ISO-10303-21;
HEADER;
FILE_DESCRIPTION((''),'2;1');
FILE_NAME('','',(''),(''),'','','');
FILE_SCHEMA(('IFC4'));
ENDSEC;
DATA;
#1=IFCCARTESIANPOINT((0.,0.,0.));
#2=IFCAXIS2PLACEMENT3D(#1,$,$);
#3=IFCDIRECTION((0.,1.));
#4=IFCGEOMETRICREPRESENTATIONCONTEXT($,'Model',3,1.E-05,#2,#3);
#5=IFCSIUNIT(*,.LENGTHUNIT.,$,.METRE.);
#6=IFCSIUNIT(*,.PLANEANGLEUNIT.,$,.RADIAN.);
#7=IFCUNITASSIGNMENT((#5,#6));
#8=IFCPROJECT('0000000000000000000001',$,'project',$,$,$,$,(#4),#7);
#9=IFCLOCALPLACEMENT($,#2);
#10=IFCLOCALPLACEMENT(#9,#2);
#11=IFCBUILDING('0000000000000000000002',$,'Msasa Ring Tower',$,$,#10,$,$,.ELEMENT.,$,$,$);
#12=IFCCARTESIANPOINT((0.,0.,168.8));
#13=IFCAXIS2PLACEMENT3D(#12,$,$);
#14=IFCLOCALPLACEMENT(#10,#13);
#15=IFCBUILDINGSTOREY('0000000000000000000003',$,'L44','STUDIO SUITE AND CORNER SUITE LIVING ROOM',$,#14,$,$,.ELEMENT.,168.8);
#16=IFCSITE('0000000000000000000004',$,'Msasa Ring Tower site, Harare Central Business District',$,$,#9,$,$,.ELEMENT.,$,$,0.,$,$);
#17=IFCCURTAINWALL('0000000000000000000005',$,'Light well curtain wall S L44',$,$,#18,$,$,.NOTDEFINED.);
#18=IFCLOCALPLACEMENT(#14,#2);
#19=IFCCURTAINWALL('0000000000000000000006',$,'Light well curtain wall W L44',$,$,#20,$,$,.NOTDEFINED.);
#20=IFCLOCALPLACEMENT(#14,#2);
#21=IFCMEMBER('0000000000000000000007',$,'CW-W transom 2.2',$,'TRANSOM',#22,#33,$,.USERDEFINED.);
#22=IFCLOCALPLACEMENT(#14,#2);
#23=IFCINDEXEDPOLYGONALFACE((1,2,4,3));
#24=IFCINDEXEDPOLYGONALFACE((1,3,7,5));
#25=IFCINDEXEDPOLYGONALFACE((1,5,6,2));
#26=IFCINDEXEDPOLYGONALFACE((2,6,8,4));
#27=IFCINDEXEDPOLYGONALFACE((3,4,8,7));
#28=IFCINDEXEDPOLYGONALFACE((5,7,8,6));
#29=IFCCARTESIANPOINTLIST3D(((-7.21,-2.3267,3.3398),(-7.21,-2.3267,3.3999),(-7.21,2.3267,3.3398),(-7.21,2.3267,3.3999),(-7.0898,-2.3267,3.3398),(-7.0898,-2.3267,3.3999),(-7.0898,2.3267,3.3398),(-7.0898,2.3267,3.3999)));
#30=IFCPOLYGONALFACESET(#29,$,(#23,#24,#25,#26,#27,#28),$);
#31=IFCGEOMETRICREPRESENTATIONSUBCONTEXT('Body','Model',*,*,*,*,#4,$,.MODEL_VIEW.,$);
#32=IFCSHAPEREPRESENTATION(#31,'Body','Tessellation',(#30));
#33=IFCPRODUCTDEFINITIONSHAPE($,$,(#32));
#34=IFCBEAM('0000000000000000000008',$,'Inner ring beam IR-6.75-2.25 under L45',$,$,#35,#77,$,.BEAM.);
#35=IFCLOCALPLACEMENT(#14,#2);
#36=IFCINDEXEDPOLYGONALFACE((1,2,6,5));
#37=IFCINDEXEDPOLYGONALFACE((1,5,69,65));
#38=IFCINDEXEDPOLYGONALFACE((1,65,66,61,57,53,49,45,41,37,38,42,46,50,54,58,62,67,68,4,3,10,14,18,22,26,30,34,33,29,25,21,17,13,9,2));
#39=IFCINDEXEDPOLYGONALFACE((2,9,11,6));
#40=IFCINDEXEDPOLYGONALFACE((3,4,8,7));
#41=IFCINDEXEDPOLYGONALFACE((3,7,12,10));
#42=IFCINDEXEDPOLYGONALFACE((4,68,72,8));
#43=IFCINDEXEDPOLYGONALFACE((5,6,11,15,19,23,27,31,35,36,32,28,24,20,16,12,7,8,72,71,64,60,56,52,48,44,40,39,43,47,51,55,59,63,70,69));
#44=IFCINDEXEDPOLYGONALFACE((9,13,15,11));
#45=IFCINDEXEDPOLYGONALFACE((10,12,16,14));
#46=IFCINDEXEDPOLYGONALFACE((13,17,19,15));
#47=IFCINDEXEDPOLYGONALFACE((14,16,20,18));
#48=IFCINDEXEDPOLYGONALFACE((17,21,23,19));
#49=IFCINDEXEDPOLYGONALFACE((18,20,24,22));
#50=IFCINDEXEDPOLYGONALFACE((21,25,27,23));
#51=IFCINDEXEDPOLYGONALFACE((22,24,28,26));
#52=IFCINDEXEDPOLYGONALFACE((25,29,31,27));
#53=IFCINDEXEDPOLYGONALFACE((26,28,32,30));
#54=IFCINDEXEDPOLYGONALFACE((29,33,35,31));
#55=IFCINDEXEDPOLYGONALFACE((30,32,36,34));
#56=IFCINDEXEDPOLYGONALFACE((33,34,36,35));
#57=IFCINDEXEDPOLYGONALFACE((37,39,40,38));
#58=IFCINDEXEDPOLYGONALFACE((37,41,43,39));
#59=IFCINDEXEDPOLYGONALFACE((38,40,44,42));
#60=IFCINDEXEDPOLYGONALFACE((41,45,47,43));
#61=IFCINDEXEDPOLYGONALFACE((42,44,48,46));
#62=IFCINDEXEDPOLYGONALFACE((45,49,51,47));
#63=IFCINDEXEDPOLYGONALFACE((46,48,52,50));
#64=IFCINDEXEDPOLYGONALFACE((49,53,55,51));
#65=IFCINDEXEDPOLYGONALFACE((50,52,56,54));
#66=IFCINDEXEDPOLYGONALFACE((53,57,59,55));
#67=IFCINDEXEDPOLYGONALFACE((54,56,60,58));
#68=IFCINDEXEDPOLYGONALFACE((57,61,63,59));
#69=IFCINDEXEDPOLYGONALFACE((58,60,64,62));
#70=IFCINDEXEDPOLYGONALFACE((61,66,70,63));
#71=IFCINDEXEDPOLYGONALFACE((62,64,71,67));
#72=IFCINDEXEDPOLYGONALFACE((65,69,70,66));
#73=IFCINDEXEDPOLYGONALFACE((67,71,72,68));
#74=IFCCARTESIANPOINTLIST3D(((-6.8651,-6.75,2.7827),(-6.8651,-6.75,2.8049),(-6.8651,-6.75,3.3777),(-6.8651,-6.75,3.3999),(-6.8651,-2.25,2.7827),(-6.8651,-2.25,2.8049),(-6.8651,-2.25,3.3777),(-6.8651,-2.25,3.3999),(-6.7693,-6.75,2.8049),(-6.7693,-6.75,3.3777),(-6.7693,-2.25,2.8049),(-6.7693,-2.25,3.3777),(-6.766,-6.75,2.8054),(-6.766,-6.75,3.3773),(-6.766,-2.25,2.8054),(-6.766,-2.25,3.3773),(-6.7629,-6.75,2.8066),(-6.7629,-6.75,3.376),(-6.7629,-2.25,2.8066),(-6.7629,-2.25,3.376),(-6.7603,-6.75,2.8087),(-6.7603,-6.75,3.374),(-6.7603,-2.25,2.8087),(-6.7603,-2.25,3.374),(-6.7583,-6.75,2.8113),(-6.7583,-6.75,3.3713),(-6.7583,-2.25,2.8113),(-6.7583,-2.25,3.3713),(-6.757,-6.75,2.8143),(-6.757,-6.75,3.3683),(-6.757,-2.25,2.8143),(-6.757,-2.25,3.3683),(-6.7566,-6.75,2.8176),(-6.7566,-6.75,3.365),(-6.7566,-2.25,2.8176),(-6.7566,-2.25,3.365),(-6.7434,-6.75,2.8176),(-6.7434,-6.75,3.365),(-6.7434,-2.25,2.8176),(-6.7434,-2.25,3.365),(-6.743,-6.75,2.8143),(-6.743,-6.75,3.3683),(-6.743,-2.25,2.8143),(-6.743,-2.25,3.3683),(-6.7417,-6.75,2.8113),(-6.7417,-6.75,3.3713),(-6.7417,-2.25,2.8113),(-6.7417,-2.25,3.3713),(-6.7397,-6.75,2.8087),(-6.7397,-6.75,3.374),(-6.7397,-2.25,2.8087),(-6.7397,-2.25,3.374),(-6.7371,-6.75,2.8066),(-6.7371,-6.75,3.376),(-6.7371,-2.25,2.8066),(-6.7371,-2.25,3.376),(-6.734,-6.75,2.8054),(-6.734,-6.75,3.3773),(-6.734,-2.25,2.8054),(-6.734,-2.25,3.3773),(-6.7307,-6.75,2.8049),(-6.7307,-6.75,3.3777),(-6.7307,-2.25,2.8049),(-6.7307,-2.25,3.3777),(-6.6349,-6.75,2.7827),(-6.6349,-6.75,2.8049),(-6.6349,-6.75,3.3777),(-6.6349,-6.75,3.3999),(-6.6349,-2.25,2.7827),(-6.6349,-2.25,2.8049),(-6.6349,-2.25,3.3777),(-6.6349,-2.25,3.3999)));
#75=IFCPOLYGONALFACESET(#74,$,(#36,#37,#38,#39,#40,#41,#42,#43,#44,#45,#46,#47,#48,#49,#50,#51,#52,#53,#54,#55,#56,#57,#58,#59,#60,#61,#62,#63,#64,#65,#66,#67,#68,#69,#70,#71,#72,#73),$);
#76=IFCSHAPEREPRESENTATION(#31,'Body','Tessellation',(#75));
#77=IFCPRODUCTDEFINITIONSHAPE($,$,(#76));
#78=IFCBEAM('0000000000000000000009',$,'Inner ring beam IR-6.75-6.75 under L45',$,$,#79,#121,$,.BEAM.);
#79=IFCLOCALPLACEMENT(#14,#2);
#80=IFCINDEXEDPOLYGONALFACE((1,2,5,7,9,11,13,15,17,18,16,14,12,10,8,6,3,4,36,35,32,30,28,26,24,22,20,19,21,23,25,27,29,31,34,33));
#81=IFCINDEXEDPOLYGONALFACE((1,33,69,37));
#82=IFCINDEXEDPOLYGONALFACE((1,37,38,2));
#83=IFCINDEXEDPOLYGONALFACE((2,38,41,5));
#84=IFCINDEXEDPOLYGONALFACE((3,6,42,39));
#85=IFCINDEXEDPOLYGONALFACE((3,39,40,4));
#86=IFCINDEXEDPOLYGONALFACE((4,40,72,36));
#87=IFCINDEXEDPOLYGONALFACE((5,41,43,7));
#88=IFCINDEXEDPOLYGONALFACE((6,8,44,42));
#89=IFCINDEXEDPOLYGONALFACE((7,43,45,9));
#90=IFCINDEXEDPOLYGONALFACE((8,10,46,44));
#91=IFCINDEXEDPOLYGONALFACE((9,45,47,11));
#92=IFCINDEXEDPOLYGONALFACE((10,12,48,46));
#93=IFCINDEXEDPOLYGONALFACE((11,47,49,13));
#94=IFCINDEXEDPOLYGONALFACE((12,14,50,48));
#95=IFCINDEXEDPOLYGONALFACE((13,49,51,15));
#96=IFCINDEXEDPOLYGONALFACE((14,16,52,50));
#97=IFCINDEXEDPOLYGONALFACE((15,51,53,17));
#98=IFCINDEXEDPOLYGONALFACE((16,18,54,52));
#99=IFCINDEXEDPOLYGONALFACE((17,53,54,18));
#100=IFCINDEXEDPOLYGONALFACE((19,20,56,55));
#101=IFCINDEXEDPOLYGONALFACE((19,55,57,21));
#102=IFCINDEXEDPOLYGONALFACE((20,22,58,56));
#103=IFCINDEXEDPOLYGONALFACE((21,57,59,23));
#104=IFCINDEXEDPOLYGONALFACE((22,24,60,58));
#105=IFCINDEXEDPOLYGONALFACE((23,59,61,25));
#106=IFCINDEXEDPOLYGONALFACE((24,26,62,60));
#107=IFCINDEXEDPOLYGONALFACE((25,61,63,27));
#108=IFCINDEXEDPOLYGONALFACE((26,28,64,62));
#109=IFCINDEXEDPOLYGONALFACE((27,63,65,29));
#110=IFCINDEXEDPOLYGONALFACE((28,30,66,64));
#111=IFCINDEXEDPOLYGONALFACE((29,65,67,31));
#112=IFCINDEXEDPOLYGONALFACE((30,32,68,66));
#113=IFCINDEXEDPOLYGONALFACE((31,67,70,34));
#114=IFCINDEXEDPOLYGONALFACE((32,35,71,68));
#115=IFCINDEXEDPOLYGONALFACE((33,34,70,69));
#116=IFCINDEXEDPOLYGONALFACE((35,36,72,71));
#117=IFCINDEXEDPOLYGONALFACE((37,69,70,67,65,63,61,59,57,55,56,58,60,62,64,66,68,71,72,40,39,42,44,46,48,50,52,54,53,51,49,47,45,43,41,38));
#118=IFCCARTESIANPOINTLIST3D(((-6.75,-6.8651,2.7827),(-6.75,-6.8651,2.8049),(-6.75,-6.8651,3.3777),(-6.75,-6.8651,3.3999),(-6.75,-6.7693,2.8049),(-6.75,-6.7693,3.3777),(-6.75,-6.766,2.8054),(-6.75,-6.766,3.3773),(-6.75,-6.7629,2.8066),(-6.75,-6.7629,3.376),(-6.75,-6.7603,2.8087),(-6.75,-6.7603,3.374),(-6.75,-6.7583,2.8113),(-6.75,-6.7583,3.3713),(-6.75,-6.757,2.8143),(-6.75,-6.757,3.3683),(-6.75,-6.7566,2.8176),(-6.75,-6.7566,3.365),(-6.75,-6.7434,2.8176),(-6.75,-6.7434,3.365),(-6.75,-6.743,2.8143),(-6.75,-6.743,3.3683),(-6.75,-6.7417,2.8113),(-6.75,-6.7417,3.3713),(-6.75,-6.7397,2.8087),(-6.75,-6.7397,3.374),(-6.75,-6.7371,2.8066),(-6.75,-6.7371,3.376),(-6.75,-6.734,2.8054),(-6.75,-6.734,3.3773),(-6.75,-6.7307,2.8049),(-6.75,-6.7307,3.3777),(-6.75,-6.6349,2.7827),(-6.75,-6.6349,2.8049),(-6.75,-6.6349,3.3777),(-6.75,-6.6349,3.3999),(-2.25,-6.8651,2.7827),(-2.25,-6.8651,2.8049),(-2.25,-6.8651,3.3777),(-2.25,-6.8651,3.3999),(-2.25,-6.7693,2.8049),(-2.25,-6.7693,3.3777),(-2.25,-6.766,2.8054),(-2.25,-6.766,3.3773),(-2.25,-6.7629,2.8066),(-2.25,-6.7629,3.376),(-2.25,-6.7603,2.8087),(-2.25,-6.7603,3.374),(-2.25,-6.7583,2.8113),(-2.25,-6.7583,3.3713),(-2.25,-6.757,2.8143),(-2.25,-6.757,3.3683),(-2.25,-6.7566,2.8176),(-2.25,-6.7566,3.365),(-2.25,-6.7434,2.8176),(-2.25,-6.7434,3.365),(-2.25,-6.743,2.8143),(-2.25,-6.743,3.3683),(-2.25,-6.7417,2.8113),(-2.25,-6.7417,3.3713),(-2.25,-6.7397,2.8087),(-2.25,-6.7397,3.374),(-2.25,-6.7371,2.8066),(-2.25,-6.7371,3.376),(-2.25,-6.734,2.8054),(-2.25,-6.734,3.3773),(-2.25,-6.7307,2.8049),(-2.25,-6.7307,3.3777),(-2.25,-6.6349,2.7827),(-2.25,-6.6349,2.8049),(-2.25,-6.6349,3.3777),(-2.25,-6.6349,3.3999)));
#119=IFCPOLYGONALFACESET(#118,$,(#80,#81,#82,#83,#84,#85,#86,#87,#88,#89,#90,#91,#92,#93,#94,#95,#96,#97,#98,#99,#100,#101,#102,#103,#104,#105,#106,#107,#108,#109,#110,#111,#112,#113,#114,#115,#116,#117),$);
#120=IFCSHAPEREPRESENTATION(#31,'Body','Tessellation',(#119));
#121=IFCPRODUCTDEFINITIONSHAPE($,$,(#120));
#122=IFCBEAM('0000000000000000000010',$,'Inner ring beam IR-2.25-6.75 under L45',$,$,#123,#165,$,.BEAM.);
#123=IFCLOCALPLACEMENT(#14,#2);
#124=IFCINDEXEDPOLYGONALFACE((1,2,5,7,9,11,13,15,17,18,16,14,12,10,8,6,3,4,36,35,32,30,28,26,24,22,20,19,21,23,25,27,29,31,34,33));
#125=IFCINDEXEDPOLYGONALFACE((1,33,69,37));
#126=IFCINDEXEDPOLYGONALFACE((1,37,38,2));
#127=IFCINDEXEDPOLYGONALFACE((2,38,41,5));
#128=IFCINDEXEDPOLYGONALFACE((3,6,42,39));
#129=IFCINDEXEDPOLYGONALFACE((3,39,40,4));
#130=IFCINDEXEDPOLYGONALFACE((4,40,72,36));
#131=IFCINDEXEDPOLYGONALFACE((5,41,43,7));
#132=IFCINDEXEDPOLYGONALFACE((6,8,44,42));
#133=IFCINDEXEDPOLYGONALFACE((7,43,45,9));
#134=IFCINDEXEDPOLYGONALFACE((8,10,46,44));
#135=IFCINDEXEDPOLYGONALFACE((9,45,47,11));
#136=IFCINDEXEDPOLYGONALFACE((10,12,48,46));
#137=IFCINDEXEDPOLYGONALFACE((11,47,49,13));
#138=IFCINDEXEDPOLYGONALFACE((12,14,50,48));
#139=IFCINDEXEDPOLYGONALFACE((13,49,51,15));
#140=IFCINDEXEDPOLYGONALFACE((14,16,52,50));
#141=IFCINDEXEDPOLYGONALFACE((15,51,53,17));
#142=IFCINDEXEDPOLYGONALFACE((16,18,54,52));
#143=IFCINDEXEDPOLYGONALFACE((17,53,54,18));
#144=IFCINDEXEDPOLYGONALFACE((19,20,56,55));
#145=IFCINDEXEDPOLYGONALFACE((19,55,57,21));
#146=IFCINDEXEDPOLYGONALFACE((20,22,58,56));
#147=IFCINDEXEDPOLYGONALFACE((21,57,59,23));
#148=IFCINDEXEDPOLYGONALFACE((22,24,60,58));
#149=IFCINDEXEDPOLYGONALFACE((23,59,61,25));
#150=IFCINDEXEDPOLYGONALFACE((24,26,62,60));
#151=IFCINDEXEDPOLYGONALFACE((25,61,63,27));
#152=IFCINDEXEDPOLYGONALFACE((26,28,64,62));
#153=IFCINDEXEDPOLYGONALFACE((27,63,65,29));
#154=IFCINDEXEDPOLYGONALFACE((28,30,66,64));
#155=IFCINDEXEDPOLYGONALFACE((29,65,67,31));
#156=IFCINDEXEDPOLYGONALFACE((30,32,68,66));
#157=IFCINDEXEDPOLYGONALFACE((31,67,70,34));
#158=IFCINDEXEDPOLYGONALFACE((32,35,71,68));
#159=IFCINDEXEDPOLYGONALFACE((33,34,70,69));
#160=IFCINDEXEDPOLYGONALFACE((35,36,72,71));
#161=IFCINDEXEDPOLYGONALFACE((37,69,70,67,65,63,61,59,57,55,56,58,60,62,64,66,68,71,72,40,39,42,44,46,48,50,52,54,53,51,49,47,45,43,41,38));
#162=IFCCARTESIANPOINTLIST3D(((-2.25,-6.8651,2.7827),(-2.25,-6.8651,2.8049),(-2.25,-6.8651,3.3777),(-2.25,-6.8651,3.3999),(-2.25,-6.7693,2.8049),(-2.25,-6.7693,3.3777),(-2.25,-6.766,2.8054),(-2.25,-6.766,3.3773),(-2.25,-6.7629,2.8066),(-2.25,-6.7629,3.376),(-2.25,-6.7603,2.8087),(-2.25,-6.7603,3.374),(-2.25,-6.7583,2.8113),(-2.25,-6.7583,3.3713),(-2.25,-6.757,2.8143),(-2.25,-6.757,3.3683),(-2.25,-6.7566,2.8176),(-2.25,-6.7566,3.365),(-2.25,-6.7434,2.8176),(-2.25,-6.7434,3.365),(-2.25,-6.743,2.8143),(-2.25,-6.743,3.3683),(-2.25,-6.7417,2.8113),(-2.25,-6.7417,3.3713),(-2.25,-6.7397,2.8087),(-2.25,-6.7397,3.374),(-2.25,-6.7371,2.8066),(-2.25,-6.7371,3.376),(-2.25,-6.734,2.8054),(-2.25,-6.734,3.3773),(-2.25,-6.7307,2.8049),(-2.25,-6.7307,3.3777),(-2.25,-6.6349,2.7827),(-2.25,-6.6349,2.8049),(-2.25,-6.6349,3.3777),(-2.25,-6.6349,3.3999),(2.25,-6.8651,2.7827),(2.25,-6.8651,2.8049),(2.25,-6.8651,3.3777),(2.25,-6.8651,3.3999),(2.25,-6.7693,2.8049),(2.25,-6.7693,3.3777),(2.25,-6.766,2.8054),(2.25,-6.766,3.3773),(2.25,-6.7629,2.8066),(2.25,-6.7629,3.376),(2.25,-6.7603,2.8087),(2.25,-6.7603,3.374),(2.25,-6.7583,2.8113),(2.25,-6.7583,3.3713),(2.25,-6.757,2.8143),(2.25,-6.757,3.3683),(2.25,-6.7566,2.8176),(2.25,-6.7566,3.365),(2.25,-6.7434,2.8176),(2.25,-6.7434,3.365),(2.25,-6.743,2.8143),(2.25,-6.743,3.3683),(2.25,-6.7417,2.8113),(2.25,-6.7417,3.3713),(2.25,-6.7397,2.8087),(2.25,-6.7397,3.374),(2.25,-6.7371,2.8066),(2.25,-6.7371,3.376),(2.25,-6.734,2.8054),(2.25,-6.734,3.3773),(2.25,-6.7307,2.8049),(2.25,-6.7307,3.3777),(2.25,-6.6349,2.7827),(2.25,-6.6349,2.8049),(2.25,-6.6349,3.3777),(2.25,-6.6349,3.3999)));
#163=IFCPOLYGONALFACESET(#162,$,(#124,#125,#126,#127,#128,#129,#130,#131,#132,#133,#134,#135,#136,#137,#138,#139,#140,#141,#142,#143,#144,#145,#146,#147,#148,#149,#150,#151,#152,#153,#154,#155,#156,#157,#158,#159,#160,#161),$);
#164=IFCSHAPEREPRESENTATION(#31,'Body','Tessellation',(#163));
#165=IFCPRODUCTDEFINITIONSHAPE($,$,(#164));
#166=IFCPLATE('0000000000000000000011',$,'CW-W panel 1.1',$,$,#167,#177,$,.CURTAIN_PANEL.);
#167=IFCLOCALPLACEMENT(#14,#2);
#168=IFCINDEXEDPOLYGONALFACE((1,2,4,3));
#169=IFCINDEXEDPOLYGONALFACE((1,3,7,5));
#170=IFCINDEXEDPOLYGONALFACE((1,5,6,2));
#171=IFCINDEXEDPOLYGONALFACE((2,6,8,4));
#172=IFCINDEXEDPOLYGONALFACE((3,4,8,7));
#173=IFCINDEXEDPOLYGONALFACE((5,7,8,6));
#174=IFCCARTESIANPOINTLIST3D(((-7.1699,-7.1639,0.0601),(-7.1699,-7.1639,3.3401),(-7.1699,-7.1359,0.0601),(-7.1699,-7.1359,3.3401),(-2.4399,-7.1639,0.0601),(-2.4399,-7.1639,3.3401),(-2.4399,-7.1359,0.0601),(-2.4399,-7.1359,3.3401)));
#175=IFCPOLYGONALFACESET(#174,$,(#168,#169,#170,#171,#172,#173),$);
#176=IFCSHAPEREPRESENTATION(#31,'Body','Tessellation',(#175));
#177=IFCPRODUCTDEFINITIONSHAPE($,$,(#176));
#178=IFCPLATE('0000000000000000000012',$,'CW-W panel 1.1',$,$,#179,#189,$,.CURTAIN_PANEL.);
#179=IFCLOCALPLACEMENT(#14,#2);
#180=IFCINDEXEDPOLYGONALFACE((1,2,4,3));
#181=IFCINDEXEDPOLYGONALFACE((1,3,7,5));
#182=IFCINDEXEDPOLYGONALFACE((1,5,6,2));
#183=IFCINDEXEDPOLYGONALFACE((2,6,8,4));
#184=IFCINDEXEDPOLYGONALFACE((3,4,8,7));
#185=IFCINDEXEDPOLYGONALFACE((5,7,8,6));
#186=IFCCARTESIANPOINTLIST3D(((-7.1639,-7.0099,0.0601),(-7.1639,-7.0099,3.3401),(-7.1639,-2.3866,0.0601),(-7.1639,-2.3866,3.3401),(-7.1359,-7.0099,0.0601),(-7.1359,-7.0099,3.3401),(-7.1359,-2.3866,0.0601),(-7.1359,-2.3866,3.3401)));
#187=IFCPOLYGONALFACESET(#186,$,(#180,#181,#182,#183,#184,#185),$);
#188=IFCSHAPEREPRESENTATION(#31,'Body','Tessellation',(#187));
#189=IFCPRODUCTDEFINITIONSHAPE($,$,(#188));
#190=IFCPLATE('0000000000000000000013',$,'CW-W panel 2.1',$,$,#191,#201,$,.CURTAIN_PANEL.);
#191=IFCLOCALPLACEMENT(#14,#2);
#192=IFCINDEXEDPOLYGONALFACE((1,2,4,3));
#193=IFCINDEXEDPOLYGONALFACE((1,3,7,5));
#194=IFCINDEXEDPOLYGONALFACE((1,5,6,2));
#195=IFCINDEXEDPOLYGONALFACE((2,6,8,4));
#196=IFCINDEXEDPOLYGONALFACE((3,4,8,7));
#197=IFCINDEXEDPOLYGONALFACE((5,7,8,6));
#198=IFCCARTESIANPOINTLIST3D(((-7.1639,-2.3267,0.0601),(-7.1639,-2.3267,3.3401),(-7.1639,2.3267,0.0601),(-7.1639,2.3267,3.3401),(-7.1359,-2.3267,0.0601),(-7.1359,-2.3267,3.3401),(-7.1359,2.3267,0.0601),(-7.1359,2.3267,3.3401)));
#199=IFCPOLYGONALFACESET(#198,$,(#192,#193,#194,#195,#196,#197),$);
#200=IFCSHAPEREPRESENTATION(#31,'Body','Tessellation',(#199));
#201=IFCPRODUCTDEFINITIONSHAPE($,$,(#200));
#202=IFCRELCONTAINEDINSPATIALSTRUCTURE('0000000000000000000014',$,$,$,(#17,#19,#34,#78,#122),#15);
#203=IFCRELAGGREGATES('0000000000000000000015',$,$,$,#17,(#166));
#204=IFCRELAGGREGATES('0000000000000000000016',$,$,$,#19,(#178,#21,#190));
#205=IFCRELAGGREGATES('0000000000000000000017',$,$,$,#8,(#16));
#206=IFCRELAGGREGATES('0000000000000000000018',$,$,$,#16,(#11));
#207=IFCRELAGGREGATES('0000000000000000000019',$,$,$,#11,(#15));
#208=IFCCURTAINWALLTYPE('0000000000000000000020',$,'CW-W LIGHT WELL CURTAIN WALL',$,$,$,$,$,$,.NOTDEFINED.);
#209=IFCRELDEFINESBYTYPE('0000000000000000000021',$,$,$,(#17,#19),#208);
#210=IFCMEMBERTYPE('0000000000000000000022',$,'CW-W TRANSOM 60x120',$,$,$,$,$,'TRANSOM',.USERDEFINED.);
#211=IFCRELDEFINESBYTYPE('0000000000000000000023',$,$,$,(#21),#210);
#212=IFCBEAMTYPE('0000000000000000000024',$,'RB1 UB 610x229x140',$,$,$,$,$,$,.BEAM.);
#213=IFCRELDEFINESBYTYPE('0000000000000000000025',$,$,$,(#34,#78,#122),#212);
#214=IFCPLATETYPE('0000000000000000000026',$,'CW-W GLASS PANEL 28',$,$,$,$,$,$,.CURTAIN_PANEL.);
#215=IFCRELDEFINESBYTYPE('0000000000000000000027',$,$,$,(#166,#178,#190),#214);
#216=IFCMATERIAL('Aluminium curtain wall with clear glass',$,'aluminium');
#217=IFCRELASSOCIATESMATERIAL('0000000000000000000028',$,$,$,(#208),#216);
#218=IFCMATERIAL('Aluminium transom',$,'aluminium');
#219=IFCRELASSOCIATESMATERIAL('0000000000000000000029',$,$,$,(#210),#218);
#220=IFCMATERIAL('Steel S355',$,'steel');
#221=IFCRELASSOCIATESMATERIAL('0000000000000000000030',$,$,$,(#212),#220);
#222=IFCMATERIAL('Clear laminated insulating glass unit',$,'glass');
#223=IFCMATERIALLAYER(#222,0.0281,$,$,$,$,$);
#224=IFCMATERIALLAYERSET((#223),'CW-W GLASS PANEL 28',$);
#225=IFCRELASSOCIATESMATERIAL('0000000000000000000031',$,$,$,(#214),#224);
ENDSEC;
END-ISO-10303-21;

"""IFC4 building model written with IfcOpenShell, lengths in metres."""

from ifc_helpers import new_model, si_unit, direction, frame, origin, origin_2d, place, context, subcontext, project, spatial, rectangle, i_section, extrude, material, layer, layer_set, material_profile, profile_set, type_object, element, aggregate, save


model = new_model("IFC4")

# Units and contexts
model_context = context("Model", 3, precision=1e-05, world=origin(), true_north=direction((0.0, 1.0)))
body_context = subcontext(model_context, "Body", "Model", "MODEL_VIEW")
ifc_project = project(units=[si_unit("LENGTHUNIT", "METRE"), si_unit("PLANEANGLEUNIT", "RADIAN")], contexts=[model_context])

# Site, building, storey
site_placement = place(None, origin())
site = spatial("IfcSite", under=ifc_project, at=site_placement, Name="Msasa Ring Tower site, Harare Central Business District", CompositionType="ELEMENT", RefElevation=0.0)
building_placement = place(site_placement, origin())
building = spatial("IfcBuilding", under=site, at=building_placement, Name="Msasa Ring Tower", CompositionType="ELEMENT")
storey_placement = place(building_placement, frame((0.0, 0.0, 168.8)))
storey = spatial("IfcBuildingStorey", under=building, at=storey_placement, Name="L44", Description="STUDIO SUITE AND CORNER SUITE LIVING ROOM", CompositionType="ELEMENT", Elevation=168.8)

# Curtain walls
ifc_material_1 = material(Name="Aluminium curtain wall with clear glass", Category="aluminium")
curtain_wall_type = type_object("IfcCurtainWallType", Name="CW-W LIGHT WELL CURTAIN WALL", PredefinedType="NOTDEFINED", material=ifc_material_1)
curtain_wall_1_placement = place(storey_placement, origin())
curtain_wall_1 = element("IfcCurtainWall", 1, at=curtain_wall_1_placement, inside=storey, type_object=curtain_wall_type, Name="Light well curtain wall S L44", PredefinedType="NOTDEFINED")
curtain_wall_2_placement = place(storey_placement, origin())
curtain_wall_2 = element("IfcCurtainWall", 2, at=curtain_wall_2_placement, inside=storey, type_object=curtain_wall_type, Name="Light well curtain wall W L44", PredefinedType="NOTDEFINED")

# Member
ifc_material_2 = material(Name="Aluminium transom", Category="aluminium")
ifc_material_profile_1 = material_profile(ifc_material_2, rectangle(XDim=0.1201, YDim=0.0601, at=origin_2d()), Name="AL 60x120")
ifc_profile_set_1 = profile_set([ifc_material_profile_1], Name="Aluminium transom")
member_type_1 = type_object("IfcMemberType", Name="CW-W TRANSOM 60x120", ElementType="TRANSOM", PredefinedType="USERDEFINED", material=ifc_profile_set_1)
member_1_placement = place(storey_placement, frame((-7.1499, -2.3267, 3.3699), z_axis=(0.0, 1.0, 0.0), x_axis=(-1.0, 0.0, 0.0)))
member_1 = element("IfcMember", 3, at=member_1_placement, type_object=member_type_1, Name="CW-W transom 2.2", ObjectType="TRANSOM", PredefinedType="USERDEFINED", context=body_context, shape_type="SweptSolid", body=[
    extrude(rectangle(XDim=0.1201, YDim=0.0601, at=origin_2d()), origin(), (0.0, 0.0, 1.0), 4.6533),
])

# Beams
ifc_material_3 = material(Name="Steel S355", Category="steel")
ifc_material_profile_2 = material_profile(ifc_material_3, i_section(OverallWidth=0.2302, OverallDepth=0.6172, WebThickness=0.0132, FlangeThickness=0.0222, FilletRadius=0.0127, at=origin_2d()), Name="UB 610x229x140")
ifc_profile_set_2 = profile_set([ifc_material_profile_2], Name="Steel S355")
beam_type = type_object("IfcBeamType", Name="RB1 UB 610x229x140", PredefinedType="BEAM", material=ifc_profile_set_2)
for number, where, z_axis, x_axis, name in (
    (4, (-6.75, -2.25, 3.0913), (0.0, -1.0, 0.0), (1.0, 0.0, 0.0), "Inner ring beam IR-6.75-2.25 under L45"),
    (5, (-6.75, -6.75, 3.0913), (1.0, 0.0, 0.0), (0.0, 1.0, 0.0), "Inner ring beam IR-6.75-6.75 under L45"),
    (6, (-2.25, -6.75, 3.0913), (1.0, 0.0, 0.0), (0.0, 1.0, 0.0), "Inner ring beam IR-2.25-6.75 under L45"),
):
    element("IfcBeam", number, at=place(storey_placement, frame(where, z_axis=z_axis, x_axis=x_axis)), inside=storey, type_object=beam_type, Name=name, PredefinedType="BEAM", context=body_context, shape_type="SweptSolid", body=[
        extrude(i_section(OverallWidth=0.2302, OverallDepth=0.6172, WebThickness=0.0132, FlangeThickness=0.0222, FilletRadius=0.0127, at=origin_2d()), origin(), (0.0, 0.0, 1.0), 4.5),
    ])

# Plates
ifc_material_4 = material(Name="Clear laminated insulating glass unit", Category="glass")
ifc_layer_1 = layer(ifc_material_4, 0.0281)
ifc_layer_set_1 = layer_set([ifc_layer_1], Name="CW-W GLASS PANEL 28")
plate_type = type_object("IfcPlateType", Name="CW-W GLASS PANEL 28", PredefinedType="CURTAIN_PANEL", material=ifc_layer_set_1)
plate_1_placement = place(storey_placement, frame((-4.8049, -7.1499, 0.0601), z_axis=(0.0, 0.0, 1.0), x_axis=(1.0, 0.0, 0.0)))
plate_1 = element("IfcPlate", 7, at=plate_1_placement, type_object=plate_type, Name="CW-W panel 1.1", PredefinedType="CURTAIN_PANEL", context=body_context, shape_type="SweptSolid", body=[
    extrude(rectangle(XDim=4.73, YDim=0.0281, at=origin_2d()), origin(), (0.0, 0.0, 1.0), 3.28),
])
aggregate(curtain_wall_1, [plate_1])
plate_2_placement = place(storey_placement, frame((-7.1499, -4.6982, 0.0601), z_axis=(0.0, 0.0, 1.0), x_axis=(0.0, 1.0, 0.0)))
plate_2 = element("IfcPlate", 8, at=plate_2_placement, type_object=plate_type, Name="CW-W panel 1.1", PredefinedType="CURTAIN_PANEL", context=body_context, shape_type="SweptSolid", body=[
    extrude(rectangle(XDim=4.6233, YDim=0.0281, at=origin_2d()), origin(), (0.0, 0.0, 1.0), 3.28),
])
plate_3_placement = place(storey_placement, frame((-7.1499, 0.0, 0.0601), z_axis=(0.0, 0.0, 1.0), x_axis=(0.0, 1.0, 0.0)))
plate_3 = element("IfcPlate", 9, at=plate_3_placement, type_object=plate_type, Name="CW-W panel 2.1", PredefinedType="CURTAIN_PANEL", context=body_context, shape_type="SweptSolid", body=[
    extrude(rectangle(XDim=4.6533, YDim=0.0281, at=origin_2d()), origin(), (0.0, 0.0, 1.0), 3.28),
])
aggregate(curtain_wall_2, [plate_2, member_1, plate_3])

save(model, "model.ifc")
